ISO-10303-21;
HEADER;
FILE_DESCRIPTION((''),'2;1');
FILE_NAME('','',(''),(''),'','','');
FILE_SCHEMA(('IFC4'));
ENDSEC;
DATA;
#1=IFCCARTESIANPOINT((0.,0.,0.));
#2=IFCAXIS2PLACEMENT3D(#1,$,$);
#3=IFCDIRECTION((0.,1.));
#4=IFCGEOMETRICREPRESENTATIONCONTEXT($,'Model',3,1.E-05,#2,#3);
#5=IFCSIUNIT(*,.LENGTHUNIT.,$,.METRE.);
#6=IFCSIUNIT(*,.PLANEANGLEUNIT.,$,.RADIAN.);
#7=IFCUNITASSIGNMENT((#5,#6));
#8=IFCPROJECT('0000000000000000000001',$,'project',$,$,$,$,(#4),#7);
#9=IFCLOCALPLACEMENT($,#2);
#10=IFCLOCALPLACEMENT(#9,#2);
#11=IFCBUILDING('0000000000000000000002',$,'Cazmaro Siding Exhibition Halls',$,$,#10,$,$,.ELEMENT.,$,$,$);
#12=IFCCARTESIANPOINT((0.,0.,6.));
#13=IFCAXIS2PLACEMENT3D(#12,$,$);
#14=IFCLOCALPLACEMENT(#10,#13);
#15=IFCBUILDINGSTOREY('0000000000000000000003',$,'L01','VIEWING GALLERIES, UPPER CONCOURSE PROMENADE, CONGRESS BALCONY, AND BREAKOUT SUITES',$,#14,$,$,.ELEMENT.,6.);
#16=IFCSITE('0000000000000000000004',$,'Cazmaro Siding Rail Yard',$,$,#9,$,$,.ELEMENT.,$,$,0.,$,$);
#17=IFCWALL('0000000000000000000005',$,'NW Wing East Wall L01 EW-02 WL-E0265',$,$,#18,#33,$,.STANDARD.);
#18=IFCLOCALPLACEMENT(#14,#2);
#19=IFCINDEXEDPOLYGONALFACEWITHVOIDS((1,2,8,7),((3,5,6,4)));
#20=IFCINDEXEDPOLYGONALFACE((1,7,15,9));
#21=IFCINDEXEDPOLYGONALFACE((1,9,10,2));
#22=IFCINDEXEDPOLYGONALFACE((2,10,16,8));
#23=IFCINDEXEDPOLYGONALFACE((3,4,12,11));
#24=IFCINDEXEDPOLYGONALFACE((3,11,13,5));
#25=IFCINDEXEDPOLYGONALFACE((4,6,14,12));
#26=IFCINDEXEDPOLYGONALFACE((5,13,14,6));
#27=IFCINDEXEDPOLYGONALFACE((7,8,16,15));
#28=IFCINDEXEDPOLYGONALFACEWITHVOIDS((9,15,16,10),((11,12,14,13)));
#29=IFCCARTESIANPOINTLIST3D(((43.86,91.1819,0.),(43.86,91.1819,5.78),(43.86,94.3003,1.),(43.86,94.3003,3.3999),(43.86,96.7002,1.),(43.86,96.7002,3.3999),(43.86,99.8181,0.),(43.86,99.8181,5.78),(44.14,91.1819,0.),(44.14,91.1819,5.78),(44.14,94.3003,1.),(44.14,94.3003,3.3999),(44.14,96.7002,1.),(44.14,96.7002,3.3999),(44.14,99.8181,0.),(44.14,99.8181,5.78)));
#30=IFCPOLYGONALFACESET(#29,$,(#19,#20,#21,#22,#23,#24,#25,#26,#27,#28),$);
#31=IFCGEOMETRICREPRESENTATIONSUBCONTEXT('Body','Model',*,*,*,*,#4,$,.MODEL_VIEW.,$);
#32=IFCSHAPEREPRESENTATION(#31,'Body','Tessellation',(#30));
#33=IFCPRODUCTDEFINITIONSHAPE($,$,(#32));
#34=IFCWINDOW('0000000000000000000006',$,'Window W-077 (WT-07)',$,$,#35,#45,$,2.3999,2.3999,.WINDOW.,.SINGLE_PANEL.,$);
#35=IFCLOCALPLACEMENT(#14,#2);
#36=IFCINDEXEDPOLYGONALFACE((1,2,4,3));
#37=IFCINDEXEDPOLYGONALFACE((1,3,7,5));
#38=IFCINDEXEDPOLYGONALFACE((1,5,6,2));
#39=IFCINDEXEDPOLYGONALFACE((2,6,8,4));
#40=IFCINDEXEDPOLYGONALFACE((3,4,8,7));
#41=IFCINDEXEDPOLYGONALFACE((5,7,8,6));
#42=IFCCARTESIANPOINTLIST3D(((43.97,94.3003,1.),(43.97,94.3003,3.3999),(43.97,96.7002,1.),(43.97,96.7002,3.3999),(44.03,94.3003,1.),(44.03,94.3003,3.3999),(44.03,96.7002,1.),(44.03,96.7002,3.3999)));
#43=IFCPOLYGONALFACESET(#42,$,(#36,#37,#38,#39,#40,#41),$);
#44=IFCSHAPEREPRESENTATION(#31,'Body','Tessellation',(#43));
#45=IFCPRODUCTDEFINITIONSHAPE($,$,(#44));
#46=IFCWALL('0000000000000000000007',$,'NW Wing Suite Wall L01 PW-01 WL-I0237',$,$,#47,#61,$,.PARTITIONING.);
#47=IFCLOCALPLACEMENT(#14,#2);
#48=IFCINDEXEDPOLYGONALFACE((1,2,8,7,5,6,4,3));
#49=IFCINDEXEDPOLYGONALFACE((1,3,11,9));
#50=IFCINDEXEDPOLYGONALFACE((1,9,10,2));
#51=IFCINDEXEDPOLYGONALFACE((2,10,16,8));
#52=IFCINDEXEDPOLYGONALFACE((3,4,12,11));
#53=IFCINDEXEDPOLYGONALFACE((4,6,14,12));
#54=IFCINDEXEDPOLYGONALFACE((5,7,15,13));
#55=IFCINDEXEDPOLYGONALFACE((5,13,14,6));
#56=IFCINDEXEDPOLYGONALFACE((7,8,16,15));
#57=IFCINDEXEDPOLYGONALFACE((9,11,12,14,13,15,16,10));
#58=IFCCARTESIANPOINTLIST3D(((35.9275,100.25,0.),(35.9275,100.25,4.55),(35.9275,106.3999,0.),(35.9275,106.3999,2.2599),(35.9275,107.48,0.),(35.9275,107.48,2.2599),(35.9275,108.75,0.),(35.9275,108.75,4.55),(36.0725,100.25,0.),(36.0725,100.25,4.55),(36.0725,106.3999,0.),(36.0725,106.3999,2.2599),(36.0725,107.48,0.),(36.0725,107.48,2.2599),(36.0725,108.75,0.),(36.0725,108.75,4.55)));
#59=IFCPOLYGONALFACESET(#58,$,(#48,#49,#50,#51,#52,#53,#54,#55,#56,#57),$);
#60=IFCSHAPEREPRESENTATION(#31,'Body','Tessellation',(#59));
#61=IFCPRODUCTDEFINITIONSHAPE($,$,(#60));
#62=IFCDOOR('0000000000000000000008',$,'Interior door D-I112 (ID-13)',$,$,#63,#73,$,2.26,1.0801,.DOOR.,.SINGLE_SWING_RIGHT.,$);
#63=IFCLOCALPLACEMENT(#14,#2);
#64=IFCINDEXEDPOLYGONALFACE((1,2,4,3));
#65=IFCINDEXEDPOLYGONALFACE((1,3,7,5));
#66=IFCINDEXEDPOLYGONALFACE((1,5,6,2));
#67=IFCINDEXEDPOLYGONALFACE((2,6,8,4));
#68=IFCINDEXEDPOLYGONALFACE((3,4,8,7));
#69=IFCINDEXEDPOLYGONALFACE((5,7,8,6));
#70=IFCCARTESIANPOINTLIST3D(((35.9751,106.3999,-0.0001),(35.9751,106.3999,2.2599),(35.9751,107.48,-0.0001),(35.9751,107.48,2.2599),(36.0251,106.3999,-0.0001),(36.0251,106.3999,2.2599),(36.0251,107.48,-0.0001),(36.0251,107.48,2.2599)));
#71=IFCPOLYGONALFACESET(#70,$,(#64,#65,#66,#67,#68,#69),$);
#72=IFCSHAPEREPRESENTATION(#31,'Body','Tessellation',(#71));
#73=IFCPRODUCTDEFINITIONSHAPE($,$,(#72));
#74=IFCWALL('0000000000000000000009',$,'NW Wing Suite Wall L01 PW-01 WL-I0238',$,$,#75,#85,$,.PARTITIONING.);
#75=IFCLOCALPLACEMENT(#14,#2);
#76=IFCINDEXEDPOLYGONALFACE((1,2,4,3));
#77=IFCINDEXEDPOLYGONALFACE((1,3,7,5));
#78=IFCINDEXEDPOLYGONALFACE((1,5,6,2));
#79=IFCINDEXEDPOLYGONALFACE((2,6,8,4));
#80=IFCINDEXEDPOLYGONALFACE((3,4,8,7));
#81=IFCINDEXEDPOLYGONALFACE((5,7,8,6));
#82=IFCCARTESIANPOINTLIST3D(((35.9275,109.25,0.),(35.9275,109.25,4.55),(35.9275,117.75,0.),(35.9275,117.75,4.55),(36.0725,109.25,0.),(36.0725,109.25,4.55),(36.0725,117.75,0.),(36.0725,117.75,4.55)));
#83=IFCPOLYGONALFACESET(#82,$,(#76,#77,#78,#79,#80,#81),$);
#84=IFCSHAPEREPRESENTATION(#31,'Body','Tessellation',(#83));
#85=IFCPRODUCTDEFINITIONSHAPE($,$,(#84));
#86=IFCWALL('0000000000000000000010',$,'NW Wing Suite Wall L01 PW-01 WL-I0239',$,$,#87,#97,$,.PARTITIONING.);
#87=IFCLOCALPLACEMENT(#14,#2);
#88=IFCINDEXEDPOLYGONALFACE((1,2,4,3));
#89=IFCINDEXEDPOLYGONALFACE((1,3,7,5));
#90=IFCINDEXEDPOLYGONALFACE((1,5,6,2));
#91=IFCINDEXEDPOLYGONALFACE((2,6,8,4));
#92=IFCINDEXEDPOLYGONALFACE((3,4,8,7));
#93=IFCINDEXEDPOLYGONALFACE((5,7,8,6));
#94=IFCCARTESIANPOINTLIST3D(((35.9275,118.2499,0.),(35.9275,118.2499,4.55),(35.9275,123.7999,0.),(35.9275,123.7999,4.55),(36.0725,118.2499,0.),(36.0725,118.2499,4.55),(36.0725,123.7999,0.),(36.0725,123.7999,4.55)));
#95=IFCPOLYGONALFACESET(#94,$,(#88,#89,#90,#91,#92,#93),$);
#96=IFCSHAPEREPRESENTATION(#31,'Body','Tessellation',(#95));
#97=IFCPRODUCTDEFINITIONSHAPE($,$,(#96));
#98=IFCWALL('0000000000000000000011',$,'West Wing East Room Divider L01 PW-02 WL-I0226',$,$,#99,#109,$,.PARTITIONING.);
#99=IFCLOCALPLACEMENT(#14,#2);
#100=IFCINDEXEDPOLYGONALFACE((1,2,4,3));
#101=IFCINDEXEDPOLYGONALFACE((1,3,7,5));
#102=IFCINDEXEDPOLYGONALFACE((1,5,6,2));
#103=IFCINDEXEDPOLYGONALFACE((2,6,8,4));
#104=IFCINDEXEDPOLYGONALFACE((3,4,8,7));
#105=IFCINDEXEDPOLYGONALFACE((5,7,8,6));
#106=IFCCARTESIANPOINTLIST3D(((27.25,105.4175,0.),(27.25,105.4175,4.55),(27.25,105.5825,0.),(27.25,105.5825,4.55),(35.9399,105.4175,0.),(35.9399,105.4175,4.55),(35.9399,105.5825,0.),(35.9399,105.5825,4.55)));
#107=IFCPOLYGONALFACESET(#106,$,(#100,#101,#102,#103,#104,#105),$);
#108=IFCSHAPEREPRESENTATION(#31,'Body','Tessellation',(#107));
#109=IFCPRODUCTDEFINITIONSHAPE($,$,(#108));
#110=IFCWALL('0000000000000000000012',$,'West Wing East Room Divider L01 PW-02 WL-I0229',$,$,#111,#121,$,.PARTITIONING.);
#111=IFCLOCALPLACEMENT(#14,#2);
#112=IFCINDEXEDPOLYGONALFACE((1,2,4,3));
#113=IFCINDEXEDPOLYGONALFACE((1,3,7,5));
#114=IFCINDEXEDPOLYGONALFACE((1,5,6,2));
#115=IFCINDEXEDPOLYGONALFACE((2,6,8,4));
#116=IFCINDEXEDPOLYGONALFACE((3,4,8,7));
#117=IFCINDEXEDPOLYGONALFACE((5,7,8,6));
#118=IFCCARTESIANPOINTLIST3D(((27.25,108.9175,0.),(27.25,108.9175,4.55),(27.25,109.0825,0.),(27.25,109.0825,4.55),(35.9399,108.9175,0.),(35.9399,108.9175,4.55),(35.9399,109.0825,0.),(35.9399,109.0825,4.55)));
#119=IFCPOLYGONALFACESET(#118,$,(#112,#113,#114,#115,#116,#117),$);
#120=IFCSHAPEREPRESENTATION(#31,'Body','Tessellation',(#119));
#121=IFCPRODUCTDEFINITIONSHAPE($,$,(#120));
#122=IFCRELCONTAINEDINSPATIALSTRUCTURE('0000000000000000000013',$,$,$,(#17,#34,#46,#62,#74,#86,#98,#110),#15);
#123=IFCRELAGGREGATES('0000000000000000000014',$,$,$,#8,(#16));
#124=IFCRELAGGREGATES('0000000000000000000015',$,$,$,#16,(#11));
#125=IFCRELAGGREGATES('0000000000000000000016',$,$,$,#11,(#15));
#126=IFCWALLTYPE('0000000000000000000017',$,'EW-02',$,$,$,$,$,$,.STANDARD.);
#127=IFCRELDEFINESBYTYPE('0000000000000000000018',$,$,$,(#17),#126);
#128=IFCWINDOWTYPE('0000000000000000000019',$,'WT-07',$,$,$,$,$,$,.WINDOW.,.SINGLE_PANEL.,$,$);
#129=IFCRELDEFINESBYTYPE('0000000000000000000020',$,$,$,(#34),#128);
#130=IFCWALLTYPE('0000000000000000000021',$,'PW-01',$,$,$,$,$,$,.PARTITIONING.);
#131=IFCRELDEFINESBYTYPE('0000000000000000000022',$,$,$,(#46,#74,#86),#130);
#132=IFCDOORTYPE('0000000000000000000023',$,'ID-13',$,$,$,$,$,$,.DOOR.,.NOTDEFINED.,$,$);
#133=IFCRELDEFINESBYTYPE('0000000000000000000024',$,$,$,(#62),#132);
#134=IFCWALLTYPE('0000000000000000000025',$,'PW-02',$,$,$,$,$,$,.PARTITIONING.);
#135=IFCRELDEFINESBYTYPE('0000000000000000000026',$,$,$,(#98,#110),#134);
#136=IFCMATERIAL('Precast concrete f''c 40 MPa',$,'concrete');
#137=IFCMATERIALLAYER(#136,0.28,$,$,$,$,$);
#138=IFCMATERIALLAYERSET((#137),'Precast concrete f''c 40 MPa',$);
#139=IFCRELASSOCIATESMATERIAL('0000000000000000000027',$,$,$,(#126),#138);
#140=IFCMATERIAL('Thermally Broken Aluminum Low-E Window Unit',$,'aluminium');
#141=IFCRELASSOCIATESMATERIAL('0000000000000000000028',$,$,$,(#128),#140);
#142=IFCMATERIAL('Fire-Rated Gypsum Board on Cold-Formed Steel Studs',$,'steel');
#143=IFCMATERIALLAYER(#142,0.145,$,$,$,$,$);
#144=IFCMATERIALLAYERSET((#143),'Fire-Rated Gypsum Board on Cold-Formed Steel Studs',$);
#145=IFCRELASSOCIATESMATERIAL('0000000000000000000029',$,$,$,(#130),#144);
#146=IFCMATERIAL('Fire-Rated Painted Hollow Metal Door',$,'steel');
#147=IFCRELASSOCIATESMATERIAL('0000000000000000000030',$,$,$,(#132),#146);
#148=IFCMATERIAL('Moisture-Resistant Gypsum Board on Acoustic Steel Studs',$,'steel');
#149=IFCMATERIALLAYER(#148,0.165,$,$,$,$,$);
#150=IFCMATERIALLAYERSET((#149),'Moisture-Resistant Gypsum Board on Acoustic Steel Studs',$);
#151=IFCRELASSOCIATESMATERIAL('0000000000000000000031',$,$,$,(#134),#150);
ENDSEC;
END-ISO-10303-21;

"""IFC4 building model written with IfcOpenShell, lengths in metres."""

from ifc_helpers import new_model, si_unit, direction, frame, frame_2d, origin, place, context, subcontext, project, spatial, rectangle, extrude, material, layer, layer_set, type_object, element, fill, save


model = new_model("IFC4")

# Units and contexts
model_context = context("Model", 3, precision=1e-05, world=origin(), true_north=direction((0.0, 1.0)))
body_context = subcontext(model_context, "Body", "Model", "MODEL_VIEW")
ifc_project = project(units=[si_unit("LENGTHUNIT", "METRE"), si_unit("PLANEANGLEUNIT", "RADIAN")], contexts=[model_context])

# Site, building, storey
site_placement = place(None, origin())
site = spatial("IfcSite", under=ifc_project, at=site_placement, Name="Cazmaro Siding Rail Yard", CompositionType="ELEMENT", RefElevation=0.0)
building_placement = place(site_placement, origin())
building = spatial("IfcBuilding", under=site, at=building_placement, Name="Cazmaro Siding Exhibition Halls", CompositionType="ELEMENT")
storey_placement = place(building_placement, frame((0.0, 0.0, 6.0)))
storey = spatial("IfcBuildingStorey", under=building, at=storey_placement, Name="L01", Description="VIEWING GALLERIES, UPPER CONCOURSE PROMENADE, CONGRESS BALCONY, AND BREAKOUT SUITES", CompositionType="ELEMENT", Elevation=6.0)

# Wall, opening, window
ifc_material_1 = material(Name="Precast concrete f'c 40 MPa", Category="concrete")
ifc_layer_1 = layer(ifc_material_1, 0.28)
ifc_layer_set_1 = layer_set([ifc_layer_1], Name="Precast concrete f'c 40 MPa")
wall_type_1 = type_object("IfcWallType", Name="EW-02", PredefinedType="STANDARD", material=ifc_layer_set_1)
wall_1_placement = place(storey_placement, frame((44.0, 99.8181, 0.0), z_axis=(0.0, 0.0, 1.0), x_axis=(0.0, -1.0, 0.0)))
wall_1 = element("IfcWall", 1, at=wall_1_placement, inside=storey, type_object=wall_type_1, Name="NW Wing East Wall L01 EW-02 WL-E0265", PredefinedType="STANDARD", context=body_context, shape_type="SweptSolid", body=[
    extrude(rectangle(XDim=8.6362, YDim=0.28, at=frame_2d((4.3181, 0.0))), origin(), (0.0, 0.0, 1.0), 5.78),
])
opening_1_placement = place(wall_1_placement, frame((3.1179, 0.0, 1.0)))
opening_1 = element("IfcOpeningElement", 2, at=opening_1_placement, cuts=wall_1, PredefinedType="OPENING", context=body_context, shape_type="SweptSolid", body=[
    extrude(rectangle(XDim=2.3999, YDim=2.3999, at=frame_2d((1.2, 1.2))), frame((0.0, 0.1499, 0.0), z_axis=(0.0, -1.0, 0.0), x_axis=(1.0, 0.0, 0.0)), (0.0, 0.0, 1.0), 0.3),
])
ifc_material_2 = material(Name="Thermally Broken Aluminum Low-E Window Unit", Category="aluminium")
window_type_1 = type_object("IfcWindowType", Name="WT-07", PartitioningType="SINGLE_PANEL", PredefinedType="WINDOW", material=ifc_material_2)
window_1_placement = place(opening_1_placement, origin())
window_1 = element("IfcWindow", 3, at=window_1_placement, inside=storey, type_object=window_type_1, Name="Window W-077 (WT-07)", OverallHeight=2.3999, OverallWidth=2.3999, PartitioningType="SINGLE_PANEL", PredefinedType="WINDOW", context=body_context, shape_type="SweptSolid", body=[
    extrude(rectangle(XDim=2.3999, YDim=2.3999, at=frame_2d((1.2, 1.2))), frame((0.0, 0.03, 0.0), z_axis=(0.0, -1.0, 0.0), x_axis=(1.0, 0.0, 0.0)), (0.0, 0.0, 1.0), 0.0601),
])
fill(opening_1, window_1)

# Wall, opening, door
ifc_material_3 = material(Name="Fire-Rated Gypsum Board on Cold-Formed Steel Studs", Category="steel")
ifc_layer_2 = layer(ifc_material_3, 0.145)
ifc_layer_set_2 = layer_set([ifc_layer_2], Name="Fire-Rated Gypsum Board on Cold-Formed Steel Studs")
wall_type_2 = type_object("IfcWallType", Name="PW-01", PredefinedType="PARTITIONING", material=ifc_layer_set_2)
wall_2_placement = place(storey_placement, frame((36.0, 100.25, 0.0), z_axis=(0.0, 0.0, 1.0), x_axis=(0.0, 1.0, 0.0)))
wall_2 = element("IfcWall", 4, at=wall_2_placement, inside=storey, type_object=wall_type_2, Name="NW Wing Suite Wall L01 PW-01 WL-I0237", PredefinedType="PARTITIONING", context=body_context, shape_type="SweptSolid", body=[
    extrude(rectangle(XDim=8.5, YDim=0.145, at=frame_2d((4.25, 0.0))), origin(), (0.0, 0.0, 1.0), 4.55),
])
opening_2_placement = place(wall_2_placement, frame((6.1499, 0.0, 0.0)))
opening_2 = element("IfcOpeningElement", 5, at=opening_2_placement, cuts=wall_2, PredefinedType="OPENING", context=body_context, shape_type="SweptSolid", body=[
    extrude(rectangle(XDim=1.0801, YDim=2.26, at=frame_2d((0.54, 1.1299))), frame((0.0, 0.0825, 0.0), z_axis=(0.0, -1.0, 0.0), x_axis=(1.0, 0.0, 0.0)), (0.0, 0.0, 1.0), 0.165),
])
ifc_material_4 = material(Name="Fire-Rated Painted Hollow Metal Door", Category="steel")
door_type = type_object("IfcDoorType", Name="ID-13", OperationType="NOTDEFINED", PredefinedType="DOOR", material=ifc_material_4)
door_placement = place(opening_2_placement, origin())
door = element("IfcDoor", 6, at=door_placement, inside=storey, type_object=door_type, Name="Interior door D-I112 (ID-13)", OperationType="SINGLE_SWING_RIGHT", OverallHeight=2.26, OverallWidth=1.0801, PredefinedType="DOOR", context=body_context, shape_type="SweptSolid", body=[
    extrude(rectangle(XDim=1.0801, YDim=2.26, at=frame_2d((0.54, 1.1299))), frame((0.0, 0.0249, 0.0), z_axis=(0.0, -1.0, 0.0), x_axis=(1.0, 0.0, 0.0)), (0.0, 0.0, 1.0), 0.05),
])
fill(opening_2, door)

# Walls
wall_3_placement = place(storey_placement, frame((36.0, 109.25, 0.0), z_axis=(0.0, 0.0, 1.0), x_axis=(0.0, 1.0, 0.0)))
element("IfcWall", 7, at=wall_3_placement, inside=storey, type_object=wall_type_2, Name="NW Wing Suite Wall L01 PW-01 WL-I0238", PredefinedType="PARTITIONING", context=body_context, shape_type="SweptSolid", body=[
    extrude(rectangle(XDim=8.5, YDim=0.145, at=frame_2d((4.25, 0.0))), origin(), (0.0, 0.0, 1.0), 4.55),
])
wall_4_placement = place(storey_placement, frame((36.0, 118.25, 0.0), z_axis=(0.0, 0.0, 1.0), x_axis=(0.0, 1.0, 0.0)))
element("IfcWall", 8, at=wall_4_placement, inside=storey, type_object=wall_type_2, Name="NW Wing Suite Wall L01 PW-01 WL-I0239", PredefinedType="PARTITIONING", context=body_context, shape_type="SweptSolid", body=[
    extrude(rectangle(XDim=5.55, YDim=0.145, at=frame_2d((2.7749, 0.0))), origin(), (0.0, 0.0, 1.0), 4.55),
])
ifc_material_5 = material(Name="Moisture-Resistant Gypsum Board on Acoustic Steel Studs", Category="steel")
ifc_layer_3 = layer(ifc_material_5, 0.165)
ifc_layer_set_3 = layer_set([ifc_layer_3], Name="Moisture-Resistant Gypsum Board on Acoustic Steel Studs")
wall_type_3 = type_object("IfcWallType", Name="PW-02", PredefinedType="PARTITIONING", material=ifc_layer_set_3)
for number, where, z_axis, x_axis, name in (
    (9, (27.25, 105.5, 0.0), (0.0, 0.0, 1.0), (1.0, 0.0, 0.0), "West Wing East Room Divider L01 PW-02 WL-I0226"),
    (10, (27.25, 109.0, 0.0), (0.0, 0.0, 1.0), (1.0, 0.0, 0.0), "West Wing East Room Divider L01 PW-02 WL-I0229"),
):
    element("IfcWall", number, at=place(storey_placement, frame(where, z_axis=z_axis, x_axis=x_axis)), inside=storey, type_object=wall_type_3, Name=name, PredefinedType="PARTITIONING", context=body_context, shape_type="SweptSolid", body=[
        extrude(rectangle(XDim=8.6899, YDim=0.165, at=frame_2d((4.345, 0.0))), origin(), (0.0, 0.0, 1.0), 4.55),
    ])

save(model, "model.ifc")
